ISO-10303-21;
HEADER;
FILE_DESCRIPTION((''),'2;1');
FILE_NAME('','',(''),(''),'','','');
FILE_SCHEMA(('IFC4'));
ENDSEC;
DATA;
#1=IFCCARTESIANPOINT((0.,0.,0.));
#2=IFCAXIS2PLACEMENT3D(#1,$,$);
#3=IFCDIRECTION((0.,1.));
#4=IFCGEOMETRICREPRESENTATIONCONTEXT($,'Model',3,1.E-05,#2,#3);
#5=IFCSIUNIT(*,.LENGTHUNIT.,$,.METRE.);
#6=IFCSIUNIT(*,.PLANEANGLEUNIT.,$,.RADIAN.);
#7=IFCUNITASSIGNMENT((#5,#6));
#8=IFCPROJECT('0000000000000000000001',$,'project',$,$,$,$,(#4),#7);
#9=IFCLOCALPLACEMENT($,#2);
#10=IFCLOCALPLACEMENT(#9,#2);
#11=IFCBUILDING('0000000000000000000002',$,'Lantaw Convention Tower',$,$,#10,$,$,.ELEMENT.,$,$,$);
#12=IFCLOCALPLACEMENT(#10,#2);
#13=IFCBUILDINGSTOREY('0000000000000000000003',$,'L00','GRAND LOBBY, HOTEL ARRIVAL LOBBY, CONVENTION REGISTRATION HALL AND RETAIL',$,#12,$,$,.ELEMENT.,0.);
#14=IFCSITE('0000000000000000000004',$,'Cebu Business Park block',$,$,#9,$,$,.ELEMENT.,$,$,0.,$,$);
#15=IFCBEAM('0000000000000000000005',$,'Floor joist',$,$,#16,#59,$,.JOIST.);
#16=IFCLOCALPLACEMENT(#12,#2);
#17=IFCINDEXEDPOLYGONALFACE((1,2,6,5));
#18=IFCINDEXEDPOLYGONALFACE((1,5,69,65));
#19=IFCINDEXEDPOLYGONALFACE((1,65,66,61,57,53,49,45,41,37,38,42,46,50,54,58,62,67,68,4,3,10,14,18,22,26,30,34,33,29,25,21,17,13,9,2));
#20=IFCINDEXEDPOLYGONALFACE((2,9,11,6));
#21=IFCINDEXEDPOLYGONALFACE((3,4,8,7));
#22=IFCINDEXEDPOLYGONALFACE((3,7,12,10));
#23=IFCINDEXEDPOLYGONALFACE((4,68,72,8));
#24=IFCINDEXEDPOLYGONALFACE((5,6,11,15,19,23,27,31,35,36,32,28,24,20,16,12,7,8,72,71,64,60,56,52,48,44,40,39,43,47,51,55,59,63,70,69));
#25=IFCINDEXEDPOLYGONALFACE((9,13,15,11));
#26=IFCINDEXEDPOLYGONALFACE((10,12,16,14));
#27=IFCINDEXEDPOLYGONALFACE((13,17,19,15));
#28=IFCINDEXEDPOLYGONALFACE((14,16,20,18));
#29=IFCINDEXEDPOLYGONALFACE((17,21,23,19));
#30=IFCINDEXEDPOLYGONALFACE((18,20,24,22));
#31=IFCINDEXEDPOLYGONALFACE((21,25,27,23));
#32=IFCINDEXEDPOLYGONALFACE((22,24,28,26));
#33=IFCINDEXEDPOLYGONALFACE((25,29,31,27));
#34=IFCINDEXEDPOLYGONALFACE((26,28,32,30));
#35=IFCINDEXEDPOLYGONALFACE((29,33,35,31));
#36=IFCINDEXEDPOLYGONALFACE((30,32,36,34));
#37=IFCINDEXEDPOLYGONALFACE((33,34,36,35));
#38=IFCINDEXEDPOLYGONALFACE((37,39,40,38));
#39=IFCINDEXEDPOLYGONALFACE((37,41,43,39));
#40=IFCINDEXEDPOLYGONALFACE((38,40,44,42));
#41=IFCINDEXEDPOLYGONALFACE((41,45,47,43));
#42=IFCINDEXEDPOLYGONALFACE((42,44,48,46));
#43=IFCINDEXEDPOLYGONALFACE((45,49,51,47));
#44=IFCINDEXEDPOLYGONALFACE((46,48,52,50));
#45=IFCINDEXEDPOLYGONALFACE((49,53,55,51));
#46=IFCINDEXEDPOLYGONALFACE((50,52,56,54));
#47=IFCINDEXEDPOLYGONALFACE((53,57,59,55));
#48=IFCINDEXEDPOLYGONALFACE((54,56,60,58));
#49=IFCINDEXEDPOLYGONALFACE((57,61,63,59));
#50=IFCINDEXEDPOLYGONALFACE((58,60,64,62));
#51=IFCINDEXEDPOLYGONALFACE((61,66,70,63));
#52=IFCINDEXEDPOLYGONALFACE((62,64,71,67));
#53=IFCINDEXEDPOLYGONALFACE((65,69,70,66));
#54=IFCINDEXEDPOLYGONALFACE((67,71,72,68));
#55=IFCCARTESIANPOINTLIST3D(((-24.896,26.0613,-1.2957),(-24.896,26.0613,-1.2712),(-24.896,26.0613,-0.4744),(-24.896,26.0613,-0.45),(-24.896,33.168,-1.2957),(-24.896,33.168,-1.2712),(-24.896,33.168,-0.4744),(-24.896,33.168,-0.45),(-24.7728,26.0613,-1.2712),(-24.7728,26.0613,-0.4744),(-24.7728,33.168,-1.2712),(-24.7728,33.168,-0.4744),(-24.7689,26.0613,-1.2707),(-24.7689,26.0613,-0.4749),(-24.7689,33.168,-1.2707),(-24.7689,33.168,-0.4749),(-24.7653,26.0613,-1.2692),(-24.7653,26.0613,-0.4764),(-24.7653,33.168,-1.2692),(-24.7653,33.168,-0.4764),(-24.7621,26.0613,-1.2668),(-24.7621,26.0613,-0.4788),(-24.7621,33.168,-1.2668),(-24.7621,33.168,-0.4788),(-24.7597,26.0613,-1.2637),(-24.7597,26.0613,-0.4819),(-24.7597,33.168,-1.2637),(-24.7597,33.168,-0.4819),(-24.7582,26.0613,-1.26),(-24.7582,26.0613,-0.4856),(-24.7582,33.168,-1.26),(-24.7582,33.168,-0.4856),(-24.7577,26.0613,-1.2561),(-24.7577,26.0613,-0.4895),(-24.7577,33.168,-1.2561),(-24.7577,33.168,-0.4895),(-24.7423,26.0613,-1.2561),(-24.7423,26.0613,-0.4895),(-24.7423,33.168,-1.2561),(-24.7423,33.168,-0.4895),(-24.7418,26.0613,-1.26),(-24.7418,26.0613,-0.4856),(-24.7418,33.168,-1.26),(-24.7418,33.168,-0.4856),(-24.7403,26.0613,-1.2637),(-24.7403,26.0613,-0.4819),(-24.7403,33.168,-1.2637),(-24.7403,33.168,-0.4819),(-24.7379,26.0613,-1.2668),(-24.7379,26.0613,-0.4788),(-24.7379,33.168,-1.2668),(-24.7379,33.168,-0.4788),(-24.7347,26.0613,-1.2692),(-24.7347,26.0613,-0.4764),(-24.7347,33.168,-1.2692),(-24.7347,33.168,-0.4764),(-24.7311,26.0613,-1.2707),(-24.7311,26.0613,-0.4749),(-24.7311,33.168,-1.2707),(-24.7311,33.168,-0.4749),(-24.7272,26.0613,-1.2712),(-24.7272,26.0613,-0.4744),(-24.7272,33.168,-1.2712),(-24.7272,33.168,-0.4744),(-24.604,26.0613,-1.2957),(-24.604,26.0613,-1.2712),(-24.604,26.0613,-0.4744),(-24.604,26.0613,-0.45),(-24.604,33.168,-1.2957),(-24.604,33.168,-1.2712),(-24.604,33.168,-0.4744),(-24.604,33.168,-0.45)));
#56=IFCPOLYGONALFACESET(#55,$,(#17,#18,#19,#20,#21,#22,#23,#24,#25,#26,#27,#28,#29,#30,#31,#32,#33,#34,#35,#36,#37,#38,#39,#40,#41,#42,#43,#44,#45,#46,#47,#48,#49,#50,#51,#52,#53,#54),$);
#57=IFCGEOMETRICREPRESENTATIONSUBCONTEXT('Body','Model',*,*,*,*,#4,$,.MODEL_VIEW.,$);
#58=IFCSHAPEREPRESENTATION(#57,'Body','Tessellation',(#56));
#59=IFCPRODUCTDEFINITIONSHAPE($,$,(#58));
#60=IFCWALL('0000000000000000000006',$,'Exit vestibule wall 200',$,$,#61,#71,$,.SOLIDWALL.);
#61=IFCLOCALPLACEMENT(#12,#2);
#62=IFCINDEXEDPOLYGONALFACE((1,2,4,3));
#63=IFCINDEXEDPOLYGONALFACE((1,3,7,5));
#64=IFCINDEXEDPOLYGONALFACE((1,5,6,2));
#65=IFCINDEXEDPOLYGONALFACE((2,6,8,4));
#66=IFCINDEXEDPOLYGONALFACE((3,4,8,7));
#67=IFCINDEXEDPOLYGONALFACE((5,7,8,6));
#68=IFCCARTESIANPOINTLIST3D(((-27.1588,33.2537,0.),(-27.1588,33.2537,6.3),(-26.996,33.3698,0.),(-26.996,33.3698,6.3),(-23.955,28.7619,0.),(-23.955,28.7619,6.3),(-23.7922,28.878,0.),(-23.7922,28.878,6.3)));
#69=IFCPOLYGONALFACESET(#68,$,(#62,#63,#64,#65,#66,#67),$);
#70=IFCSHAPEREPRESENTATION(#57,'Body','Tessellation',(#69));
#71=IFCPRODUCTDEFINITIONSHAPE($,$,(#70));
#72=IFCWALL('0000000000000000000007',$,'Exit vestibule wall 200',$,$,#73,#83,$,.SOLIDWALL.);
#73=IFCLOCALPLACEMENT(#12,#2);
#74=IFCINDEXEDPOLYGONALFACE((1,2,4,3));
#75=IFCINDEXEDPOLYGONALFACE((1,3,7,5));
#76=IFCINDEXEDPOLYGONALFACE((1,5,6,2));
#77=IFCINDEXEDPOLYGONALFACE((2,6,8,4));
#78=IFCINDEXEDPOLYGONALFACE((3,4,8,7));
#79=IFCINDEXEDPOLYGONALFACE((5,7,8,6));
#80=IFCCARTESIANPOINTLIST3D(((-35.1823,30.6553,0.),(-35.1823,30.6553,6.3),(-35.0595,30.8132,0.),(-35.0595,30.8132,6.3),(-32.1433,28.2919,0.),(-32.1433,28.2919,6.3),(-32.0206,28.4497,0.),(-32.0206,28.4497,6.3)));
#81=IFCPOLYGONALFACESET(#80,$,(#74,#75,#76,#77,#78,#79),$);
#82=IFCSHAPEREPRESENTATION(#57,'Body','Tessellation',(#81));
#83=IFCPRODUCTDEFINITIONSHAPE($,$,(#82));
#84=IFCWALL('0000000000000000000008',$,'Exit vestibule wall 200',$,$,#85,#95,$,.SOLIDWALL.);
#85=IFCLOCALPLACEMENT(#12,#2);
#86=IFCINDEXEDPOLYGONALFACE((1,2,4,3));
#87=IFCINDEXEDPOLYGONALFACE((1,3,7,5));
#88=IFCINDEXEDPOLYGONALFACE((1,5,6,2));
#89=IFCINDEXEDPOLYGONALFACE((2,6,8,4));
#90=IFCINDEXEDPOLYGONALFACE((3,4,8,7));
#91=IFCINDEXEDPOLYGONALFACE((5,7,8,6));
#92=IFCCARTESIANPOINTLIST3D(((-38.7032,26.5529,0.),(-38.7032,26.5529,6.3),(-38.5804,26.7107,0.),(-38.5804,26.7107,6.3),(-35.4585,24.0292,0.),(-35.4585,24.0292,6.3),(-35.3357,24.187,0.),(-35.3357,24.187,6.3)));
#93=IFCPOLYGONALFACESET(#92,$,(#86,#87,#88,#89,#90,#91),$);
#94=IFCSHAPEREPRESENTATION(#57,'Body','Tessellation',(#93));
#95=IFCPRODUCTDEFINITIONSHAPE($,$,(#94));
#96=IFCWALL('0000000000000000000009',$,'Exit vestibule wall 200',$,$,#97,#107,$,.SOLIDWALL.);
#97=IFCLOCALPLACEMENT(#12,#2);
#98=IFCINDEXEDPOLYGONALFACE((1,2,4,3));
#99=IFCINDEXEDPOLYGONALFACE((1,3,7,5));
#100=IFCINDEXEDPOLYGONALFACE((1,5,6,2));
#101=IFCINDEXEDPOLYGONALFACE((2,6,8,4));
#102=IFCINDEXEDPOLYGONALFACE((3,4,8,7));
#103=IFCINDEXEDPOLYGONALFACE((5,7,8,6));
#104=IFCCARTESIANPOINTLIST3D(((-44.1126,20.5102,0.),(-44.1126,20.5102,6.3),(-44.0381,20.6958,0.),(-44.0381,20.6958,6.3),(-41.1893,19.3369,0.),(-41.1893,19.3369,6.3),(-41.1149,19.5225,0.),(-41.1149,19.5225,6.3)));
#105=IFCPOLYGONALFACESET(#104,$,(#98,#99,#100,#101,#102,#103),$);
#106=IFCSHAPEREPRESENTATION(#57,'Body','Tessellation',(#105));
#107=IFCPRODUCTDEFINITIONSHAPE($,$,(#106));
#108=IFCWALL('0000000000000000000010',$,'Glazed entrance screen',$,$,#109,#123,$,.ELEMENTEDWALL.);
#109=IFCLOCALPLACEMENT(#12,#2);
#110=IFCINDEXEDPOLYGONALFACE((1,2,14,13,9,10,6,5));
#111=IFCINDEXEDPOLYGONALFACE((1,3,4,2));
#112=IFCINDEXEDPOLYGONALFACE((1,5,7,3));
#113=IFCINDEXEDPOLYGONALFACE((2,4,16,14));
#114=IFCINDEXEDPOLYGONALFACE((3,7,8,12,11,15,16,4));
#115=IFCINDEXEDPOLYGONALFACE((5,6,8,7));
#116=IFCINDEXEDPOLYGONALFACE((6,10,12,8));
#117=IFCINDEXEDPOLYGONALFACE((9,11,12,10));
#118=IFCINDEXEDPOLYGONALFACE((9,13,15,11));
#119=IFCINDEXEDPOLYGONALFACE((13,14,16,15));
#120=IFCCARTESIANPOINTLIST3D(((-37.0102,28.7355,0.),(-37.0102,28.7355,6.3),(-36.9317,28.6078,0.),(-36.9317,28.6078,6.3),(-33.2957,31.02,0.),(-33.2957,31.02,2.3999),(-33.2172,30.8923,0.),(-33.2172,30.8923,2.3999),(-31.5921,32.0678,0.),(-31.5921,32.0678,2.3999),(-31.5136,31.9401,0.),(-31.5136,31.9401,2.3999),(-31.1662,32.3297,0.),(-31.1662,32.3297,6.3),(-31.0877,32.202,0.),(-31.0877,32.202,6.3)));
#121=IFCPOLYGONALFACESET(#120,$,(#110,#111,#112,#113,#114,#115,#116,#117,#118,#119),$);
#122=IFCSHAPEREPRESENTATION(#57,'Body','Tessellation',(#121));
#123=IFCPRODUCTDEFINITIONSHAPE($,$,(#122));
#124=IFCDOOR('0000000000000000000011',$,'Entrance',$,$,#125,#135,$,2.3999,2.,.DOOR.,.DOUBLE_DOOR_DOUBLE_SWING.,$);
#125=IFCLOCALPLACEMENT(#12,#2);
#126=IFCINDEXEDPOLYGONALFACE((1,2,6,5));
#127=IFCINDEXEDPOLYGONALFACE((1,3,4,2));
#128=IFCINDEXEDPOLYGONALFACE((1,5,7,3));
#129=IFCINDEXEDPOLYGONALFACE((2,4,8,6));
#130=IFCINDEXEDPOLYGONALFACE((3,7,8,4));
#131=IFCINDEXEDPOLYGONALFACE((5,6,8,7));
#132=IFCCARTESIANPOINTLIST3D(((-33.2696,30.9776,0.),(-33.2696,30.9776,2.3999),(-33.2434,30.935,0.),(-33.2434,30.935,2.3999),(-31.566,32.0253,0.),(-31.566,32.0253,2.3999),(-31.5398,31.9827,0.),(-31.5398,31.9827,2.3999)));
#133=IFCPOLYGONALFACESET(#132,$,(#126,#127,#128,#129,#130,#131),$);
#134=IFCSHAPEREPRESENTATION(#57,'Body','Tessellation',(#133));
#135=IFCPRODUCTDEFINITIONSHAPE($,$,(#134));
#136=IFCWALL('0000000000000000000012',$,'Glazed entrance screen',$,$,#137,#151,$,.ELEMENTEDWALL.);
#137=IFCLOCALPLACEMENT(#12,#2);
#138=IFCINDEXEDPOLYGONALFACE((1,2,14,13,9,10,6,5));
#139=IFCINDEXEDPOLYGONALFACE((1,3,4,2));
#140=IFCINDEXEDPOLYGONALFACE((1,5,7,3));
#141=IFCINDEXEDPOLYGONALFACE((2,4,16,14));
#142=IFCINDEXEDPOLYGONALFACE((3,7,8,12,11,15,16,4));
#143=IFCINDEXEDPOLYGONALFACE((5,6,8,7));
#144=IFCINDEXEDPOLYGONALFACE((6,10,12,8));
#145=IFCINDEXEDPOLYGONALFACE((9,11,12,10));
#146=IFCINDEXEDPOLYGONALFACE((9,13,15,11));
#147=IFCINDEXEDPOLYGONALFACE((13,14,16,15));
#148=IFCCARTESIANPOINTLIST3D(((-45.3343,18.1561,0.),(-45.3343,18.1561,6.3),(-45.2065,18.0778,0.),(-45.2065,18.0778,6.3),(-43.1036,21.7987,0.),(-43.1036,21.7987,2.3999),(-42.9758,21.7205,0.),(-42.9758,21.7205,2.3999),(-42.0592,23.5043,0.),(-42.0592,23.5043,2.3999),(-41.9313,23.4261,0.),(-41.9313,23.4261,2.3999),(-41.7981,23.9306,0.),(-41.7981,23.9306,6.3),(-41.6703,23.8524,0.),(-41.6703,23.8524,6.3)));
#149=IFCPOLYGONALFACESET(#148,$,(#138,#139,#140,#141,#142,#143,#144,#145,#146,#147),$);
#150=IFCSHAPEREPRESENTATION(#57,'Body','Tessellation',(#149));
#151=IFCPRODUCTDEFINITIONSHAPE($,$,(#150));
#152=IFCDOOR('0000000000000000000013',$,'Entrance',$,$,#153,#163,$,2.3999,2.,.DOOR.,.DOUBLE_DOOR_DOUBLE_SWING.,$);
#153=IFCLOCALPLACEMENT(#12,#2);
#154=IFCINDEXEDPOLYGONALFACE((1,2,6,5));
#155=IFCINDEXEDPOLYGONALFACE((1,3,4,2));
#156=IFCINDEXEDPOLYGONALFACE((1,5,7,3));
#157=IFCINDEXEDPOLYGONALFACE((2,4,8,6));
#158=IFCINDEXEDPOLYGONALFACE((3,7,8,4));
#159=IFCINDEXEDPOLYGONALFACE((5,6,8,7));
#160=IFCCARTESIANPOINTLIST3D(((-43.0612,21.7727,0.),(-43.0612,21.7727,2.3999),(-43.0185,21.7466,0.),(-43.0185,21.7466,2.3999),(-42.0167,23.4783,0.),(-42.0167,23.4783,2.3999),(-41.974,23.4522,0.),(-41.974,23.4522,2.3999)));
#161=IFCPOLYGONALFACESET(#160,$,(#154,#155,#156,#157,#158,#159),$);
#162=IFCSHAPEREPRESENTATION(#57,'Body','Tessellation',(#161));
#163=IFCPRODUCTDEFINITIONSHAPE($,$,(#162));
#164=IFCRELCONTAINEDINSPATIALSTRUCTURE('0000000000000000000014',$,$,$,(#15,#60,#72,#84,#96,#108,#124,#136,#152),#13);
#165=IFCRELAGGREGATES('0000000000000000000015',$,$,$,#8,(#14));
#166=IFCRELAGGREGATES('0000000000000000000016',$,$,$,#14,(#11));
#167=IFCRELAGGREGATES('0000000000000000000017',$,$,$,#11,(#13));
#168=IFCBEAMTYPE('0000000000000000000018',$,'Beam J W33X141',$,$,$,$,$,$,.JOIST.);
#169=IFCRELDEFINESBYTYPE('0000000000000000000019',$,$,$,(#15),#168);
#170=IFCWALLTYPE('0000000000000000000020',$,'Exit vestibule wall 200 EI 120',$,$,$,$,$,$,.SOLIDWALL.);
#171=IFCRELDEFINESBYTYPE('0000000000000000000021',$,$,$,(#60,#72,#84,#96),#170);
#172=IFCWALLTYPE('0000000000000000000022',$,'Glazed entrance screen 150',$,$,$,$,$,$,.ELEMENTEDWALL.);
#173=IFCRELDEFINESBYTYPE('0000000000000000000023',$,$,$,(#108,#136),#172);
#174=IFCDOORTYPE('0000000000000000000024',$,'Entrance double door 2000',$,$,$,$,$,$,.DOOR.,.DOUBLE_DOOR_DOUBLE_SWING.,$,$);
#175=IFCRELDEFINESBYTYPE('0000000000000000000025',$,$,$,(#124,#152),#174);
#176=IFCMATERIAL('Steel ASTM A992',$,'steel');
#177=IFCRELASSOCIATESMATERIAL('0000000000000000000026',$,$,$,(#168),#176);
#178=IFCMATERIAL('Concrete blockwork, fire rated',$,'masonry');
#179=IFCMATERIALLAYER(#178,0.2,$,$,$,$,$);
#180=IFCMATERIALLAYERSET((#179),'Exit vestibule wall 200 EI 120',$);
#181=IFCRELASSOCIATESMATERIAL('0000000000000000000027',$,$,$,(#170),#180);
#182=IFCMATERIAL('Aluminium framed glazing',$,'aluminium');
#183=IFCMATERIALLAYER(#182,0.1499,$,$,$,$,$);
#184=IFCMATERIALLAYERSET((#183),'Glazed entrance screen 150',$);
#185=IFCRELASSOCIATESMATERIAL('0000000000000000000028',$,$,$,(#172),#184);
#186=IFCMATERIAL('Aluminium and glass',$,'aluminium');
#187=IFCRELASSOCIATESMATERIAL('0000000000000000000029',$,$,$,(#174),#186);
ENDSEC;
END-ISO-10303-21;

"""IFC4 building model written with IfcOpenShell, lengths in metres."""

from ifc_helpers import new_model, si_unit, direction, frame, frame_2d, origin, origin_2d, place, context, subcontext, project, spatial, rectangle, i_section, extrude, material, layer, layer_set, material_profile, profile_set, type_object, element, fill, save


model = new_model("IFC4")

# Units and contexts
model_context = context("Model", 3, precision=1e-05, world=origin(), true_north=direction((0.0, 1.0)))
body_context = subcontext(model_context, "Body", "Model", "MODEL_VIEW")
ifc_project = project(units=[si_unit("LENGTHUNIT", "METRE"), si_unit("PLANEANGLEUNIT", "RADIAN")], contexts=[model_context])

# Site, building, storey
site_placement = place(None, origin())
site = spatial("IfcSite", under=ifc_project, at=site_placement, Name="Cebu Business Park block", CompositionType="ELEMENT", RefElevation=0.0)
building_placement = place(site_placement, origin())
building = spatial("IfcBuilding", under=site, at=building_placement, Name="Lantaw Convention Tower", CompositionType="ELEMENT")
storey_placement = place(building_placement, origin())
storey = spatial("IfcBuildingStorey", under=building, at=storey_placement, Name="L00", Description="GRAND LOBBY, HOTEL ARRIVAL LOBBY, CONVENTION REGISTRATION HALL AND RETAIL", CompositionType="ELEMENT", Elevation=0.0)

# Beam
ifc_material_1 = material(Name="Steel ASTM A992", Category="steel")
ifc_material_profile_1 = material_profile(ifc_material_1, i_section(OverallWidth=0.292, OverallDepth=0.8457, WebThickness=0.0154, FlangeThickness=0.0244, FilletRadius=0.0151, at=origin_2d()), Name="W33X141")
ifc_profile_set_1 = profile_set([ifc_material_profile_1], Name="Steel ASTM A992")
beam_type_1 = type_object("IfcBeamType", Name="Beam J W33X141", PredefinedType="JOIST", material=ifc_profile_set_1)
beam_1_placement = place(storey_placement, frame((-24.75, 26.0613, -0.8728), z_axis=(0.0, 1.0, 0.0), x_axis=(-1.0, 0.0, 0.0)))
element("IfcBeam", 1, at=beam_1_placement, inside=storey, type_object=beam_type_1, Name="Floor joist", PredefinedType="JOIST", context=body_context, shape_type="SweptSolid", body=[
    extrude(i_section(OverallWidth=0.292, OverallDepth=0.8457, WebThickness=0.0154, FlangeThickness=0.0244, FilletRadius=0.0151, at=origin_2d()), origin(), (0.0, 0.0, 1.0), 7.1067),
])

# Walls
ifc_material_2 = material(Name="Concrete blockwork, fire rated", Category="masonry")
ifc_layer_1 = layer(ifc_material_2, 0.2)
ifc_layer_set_1 = layer_set([ifc_layer_1], Name="Exit vestibule wall 200 EI 120")
wall_type_1 = type_object("IfcWallType", Name="Exit vestibule wall 200 EI 120", PredefinedType="SOLIDWALL", material=ifc_layer_set_1)
wall_1_placement = place(storey_placement, frame((-23.8735, 28.8198, 0.0), z_axis=(0.0, 0.0, 1.0), x_axis=(-0.580677, 0.814134, 0.0)))
element("IfcWall", 2, at=wall_1_placement, inside=storey, type_object=wall_type_1, Name="Exit vestibule wall 200", PredefinedType="SOLIDWALL", context=body_context, shape_type="SweptSolid", body=[
    extrude(rectangle(XDim=5.5173, YDim=0.2, at=frame_2d((2.7588, 0.0))), origin(), (0.0, 0.0, 1.0), 6.3),
])
wall_2_placement = place(storey_placement, frame((-32.082, 28.3708, 0.0), z_axis=(0.0, 0.0, 1.0), x_axis=(-0.789376, 0.61391, 0.0)))
element("IfcWall", 3, at=wall_2_placement, inside=storey, type_object=wall_type_1, Name="Exit vestibule wall 200", PredefinedType="SOLIDWALL", context=body_context, shape_type="SweptSolid", body=[
    extrude(rectangle(XDim=3.8499, YDim=0.2, at=frame_2d((1.9248, 0.0))), origin(), (0.0, 0.0, 1.0), 6.3),
])
wall_3_placement = place(storey_placement, frame((-35.3972, 24.1082, 0.0), z_axis=(0.0, 0.0, 1.0), x_axis=(-0.789343, 0.613953, 0.0)))
element("IfcWall", 4, at=wall_3_placement, inside=storey, type_object=wall_type_1, Name="Exit vestibule wall 200", PredefinedType="SOLIDWALL", context=body_context, shape_type="SweptSolid", body=[
    extrude(rectangle(XDim=4.1106, YDim=0.2, at=frame_2d((2.0552, 0.0))), origin(), (0.0, 0.0, 1.0), 6.3),
])
wall_4_placement = place(storey_placement, frame((-41.1521, 19.4297, 0.0), z_axis=(0.0, 0.0, 1.0), x_axis=(-0.928038, 0.372486, 0.0)))
element("IfcWall", 5, at=wall_4_placement, inside=storey, type_object=wall_type_1, Name="Exit vestibule wall 200", PredefinedType="SOLIDWALL", context=body_context, shape_type="SweptSolid", body=[
    extrude(rectangle(XDim=3.1499, YDim=0.2, at=frame_2d((1.575, 0.0))), origin(), (0.0, 0.0, 1.0), 6.3),
])

# Walls, openings, doors
ifc_material_3 = material(Name="Aluminium framed glazing", Category="aluminium")
ifc_layer_2 = layer(ifc_material_3, 0.1499)
ifc_layer_set_2 = layer_set([ifc_layer_2], Name="Glazed entrance screen 150")
wall_type_2 = type_object("IfcWallType", Name="Glazed entrance screen 150", PredefinedType="ELEMENTEDWALL", material=ifc_layer_set_2)
wall_5_placement = place(storey_placement, frame((-31.127, 32.2659, 0.0), z_axis=(0.0, 0.0, 1.0), x_axis=(-0.851793, -0.523879, 0.0)))
wall_5 = element("IfcWall", 6, at=wall_5_placement, inside=storey, type_object=wall_type_2, Name="Glazed entrance screen", PredefinedType="ELEMENTEDWALL", context=body_context, shape_type="SweptSolid", body=[
    extrude(rectangle(XDim=6.8608, YDim=0.1499, at=frame_2d((3.4304, 0.0))), origin(), (0.0, 0.0, 1.0), 6.3),
])
opening_1_placement = place(wall_5_placement, frame((0.5, 0.0, 0.0)))
opening_1 = element("IfcOpeningElement", 7, at=opening_1_placement, cuts=wall_5, PredefinedType="OPENING", context=body_context, shape_type="SweptSolid", body=[
    extrude(rectangle(XDim=2.0, YDim=2.3999, at=frame_2d((1.0, 1.2))), frame((0.0, 0.085, 0.0), z_axis=(0.0, -1.0, 0.0), x_axis=(1.0, 0.0, 0.0)), (0.0, 0.0, 1.0), 0.1699),
])
ifc_material_4 = material(Name="Aluminium and glass", Category="aluminium")
door_type_1 = type_object("IfcDoorType", Name="Entrance double door 2000", OperationType="DOUBLE_DOOR_DOUBLE_SWING", PredefinedType="DOOR", material=ifc_material_4)
door_1_placement = place(opening_1_placement, origin())
door_1 = element("IfcDoor", 8, at=door_1_placement, inside=storey, type_object=door_type_1, Name="Entrance", OperationType="DOUBLE_DOOR_DOUBLE_SWING", OverallHeight=2.3999, OverallWidth=2.0, PredefinedType="DOOR", context=body_context, shape_type="SweptSolid", body=[
    extrude(rectangle(XDim=2.0, YDim=2.3999, at=frame_2d((1.0, 1.2))), frame((0.0, 0.0249, 0.0), z_axis=(0.0, -1.0, 0.0), x_axis=(1.0, 0.0, 0.0)), (0.0, 0.0, 1.0), 0.05),
])
fill(opening_1, door_1)
wall_6_placement = place(storey_placement, frame((-41.7341, 23.8916, 0.0), z_axis=(0.0, 0.0, 1.0), x_axis=(-0.522237, -0.8528, 0.0)))
wall_6 = element("IfcWall", 9, at=wall_6_placement, inside=storey, type_object=wall_type_2, Name="Glazed entrance screen", PredefinedType="ELEMENTEDWALL", context=body_context, shape_type="SweptSolid", body=[
    extrude(rectangle(XDim=6.7712, YDim=0.1499, at=frame_2d((3.3857, 0.0))), origin(), (0.0, 0.0, 1.0), 6.3),
])
opening_2_placement = place(wall_6_placement, frame((0.5, 0.0, 0.0)))
opening_2 = element("IfcOpeningElement", 10, at=opening_2_placement, cuts=wall_6, PredefinedType="OPENING", context=body_context, shape_type="SweptSolid", body=[
    extrude(rectangle(XDim=2.0, YDim=2.3999, at=frame_2d((1.0, 1.2))), frame((0.0, 0.085, 0.0), z_axis=(0.0, -1.0, 0.0), x_axis=(1.0, 0.0, 0.0)), (0.0, 0.0, 1.0), 0.1699),
])
door_2_placement = place(opening_2_placement, origin())
door_2 = element("IfcDoor", 11, at=door_2_placement, inside=storey, type_object=door_type_1, Name="Entrance", OperationType="DOUBLE_DOOR_DOUBLE_SWING", OverallHeight=2.3999, OverallWidth=2.0, PredefinedType="DOOR", context=body_context, shape_type="SweptSolid", body=[
    extrude(rectangle(XDim=2.0, YDim=2.3999, at=frame_2d((1.0, 1.2))), frame((0.0, 0.0249, 0.0), z_axis=(0.0, -1.0, 0.0), x_axis=(1.0, 0.0, 0.0)), (0.0, 0.0, 1.0), 0.05),
])
fill(opening_2, door_2)

save(model, "model.ifc")
